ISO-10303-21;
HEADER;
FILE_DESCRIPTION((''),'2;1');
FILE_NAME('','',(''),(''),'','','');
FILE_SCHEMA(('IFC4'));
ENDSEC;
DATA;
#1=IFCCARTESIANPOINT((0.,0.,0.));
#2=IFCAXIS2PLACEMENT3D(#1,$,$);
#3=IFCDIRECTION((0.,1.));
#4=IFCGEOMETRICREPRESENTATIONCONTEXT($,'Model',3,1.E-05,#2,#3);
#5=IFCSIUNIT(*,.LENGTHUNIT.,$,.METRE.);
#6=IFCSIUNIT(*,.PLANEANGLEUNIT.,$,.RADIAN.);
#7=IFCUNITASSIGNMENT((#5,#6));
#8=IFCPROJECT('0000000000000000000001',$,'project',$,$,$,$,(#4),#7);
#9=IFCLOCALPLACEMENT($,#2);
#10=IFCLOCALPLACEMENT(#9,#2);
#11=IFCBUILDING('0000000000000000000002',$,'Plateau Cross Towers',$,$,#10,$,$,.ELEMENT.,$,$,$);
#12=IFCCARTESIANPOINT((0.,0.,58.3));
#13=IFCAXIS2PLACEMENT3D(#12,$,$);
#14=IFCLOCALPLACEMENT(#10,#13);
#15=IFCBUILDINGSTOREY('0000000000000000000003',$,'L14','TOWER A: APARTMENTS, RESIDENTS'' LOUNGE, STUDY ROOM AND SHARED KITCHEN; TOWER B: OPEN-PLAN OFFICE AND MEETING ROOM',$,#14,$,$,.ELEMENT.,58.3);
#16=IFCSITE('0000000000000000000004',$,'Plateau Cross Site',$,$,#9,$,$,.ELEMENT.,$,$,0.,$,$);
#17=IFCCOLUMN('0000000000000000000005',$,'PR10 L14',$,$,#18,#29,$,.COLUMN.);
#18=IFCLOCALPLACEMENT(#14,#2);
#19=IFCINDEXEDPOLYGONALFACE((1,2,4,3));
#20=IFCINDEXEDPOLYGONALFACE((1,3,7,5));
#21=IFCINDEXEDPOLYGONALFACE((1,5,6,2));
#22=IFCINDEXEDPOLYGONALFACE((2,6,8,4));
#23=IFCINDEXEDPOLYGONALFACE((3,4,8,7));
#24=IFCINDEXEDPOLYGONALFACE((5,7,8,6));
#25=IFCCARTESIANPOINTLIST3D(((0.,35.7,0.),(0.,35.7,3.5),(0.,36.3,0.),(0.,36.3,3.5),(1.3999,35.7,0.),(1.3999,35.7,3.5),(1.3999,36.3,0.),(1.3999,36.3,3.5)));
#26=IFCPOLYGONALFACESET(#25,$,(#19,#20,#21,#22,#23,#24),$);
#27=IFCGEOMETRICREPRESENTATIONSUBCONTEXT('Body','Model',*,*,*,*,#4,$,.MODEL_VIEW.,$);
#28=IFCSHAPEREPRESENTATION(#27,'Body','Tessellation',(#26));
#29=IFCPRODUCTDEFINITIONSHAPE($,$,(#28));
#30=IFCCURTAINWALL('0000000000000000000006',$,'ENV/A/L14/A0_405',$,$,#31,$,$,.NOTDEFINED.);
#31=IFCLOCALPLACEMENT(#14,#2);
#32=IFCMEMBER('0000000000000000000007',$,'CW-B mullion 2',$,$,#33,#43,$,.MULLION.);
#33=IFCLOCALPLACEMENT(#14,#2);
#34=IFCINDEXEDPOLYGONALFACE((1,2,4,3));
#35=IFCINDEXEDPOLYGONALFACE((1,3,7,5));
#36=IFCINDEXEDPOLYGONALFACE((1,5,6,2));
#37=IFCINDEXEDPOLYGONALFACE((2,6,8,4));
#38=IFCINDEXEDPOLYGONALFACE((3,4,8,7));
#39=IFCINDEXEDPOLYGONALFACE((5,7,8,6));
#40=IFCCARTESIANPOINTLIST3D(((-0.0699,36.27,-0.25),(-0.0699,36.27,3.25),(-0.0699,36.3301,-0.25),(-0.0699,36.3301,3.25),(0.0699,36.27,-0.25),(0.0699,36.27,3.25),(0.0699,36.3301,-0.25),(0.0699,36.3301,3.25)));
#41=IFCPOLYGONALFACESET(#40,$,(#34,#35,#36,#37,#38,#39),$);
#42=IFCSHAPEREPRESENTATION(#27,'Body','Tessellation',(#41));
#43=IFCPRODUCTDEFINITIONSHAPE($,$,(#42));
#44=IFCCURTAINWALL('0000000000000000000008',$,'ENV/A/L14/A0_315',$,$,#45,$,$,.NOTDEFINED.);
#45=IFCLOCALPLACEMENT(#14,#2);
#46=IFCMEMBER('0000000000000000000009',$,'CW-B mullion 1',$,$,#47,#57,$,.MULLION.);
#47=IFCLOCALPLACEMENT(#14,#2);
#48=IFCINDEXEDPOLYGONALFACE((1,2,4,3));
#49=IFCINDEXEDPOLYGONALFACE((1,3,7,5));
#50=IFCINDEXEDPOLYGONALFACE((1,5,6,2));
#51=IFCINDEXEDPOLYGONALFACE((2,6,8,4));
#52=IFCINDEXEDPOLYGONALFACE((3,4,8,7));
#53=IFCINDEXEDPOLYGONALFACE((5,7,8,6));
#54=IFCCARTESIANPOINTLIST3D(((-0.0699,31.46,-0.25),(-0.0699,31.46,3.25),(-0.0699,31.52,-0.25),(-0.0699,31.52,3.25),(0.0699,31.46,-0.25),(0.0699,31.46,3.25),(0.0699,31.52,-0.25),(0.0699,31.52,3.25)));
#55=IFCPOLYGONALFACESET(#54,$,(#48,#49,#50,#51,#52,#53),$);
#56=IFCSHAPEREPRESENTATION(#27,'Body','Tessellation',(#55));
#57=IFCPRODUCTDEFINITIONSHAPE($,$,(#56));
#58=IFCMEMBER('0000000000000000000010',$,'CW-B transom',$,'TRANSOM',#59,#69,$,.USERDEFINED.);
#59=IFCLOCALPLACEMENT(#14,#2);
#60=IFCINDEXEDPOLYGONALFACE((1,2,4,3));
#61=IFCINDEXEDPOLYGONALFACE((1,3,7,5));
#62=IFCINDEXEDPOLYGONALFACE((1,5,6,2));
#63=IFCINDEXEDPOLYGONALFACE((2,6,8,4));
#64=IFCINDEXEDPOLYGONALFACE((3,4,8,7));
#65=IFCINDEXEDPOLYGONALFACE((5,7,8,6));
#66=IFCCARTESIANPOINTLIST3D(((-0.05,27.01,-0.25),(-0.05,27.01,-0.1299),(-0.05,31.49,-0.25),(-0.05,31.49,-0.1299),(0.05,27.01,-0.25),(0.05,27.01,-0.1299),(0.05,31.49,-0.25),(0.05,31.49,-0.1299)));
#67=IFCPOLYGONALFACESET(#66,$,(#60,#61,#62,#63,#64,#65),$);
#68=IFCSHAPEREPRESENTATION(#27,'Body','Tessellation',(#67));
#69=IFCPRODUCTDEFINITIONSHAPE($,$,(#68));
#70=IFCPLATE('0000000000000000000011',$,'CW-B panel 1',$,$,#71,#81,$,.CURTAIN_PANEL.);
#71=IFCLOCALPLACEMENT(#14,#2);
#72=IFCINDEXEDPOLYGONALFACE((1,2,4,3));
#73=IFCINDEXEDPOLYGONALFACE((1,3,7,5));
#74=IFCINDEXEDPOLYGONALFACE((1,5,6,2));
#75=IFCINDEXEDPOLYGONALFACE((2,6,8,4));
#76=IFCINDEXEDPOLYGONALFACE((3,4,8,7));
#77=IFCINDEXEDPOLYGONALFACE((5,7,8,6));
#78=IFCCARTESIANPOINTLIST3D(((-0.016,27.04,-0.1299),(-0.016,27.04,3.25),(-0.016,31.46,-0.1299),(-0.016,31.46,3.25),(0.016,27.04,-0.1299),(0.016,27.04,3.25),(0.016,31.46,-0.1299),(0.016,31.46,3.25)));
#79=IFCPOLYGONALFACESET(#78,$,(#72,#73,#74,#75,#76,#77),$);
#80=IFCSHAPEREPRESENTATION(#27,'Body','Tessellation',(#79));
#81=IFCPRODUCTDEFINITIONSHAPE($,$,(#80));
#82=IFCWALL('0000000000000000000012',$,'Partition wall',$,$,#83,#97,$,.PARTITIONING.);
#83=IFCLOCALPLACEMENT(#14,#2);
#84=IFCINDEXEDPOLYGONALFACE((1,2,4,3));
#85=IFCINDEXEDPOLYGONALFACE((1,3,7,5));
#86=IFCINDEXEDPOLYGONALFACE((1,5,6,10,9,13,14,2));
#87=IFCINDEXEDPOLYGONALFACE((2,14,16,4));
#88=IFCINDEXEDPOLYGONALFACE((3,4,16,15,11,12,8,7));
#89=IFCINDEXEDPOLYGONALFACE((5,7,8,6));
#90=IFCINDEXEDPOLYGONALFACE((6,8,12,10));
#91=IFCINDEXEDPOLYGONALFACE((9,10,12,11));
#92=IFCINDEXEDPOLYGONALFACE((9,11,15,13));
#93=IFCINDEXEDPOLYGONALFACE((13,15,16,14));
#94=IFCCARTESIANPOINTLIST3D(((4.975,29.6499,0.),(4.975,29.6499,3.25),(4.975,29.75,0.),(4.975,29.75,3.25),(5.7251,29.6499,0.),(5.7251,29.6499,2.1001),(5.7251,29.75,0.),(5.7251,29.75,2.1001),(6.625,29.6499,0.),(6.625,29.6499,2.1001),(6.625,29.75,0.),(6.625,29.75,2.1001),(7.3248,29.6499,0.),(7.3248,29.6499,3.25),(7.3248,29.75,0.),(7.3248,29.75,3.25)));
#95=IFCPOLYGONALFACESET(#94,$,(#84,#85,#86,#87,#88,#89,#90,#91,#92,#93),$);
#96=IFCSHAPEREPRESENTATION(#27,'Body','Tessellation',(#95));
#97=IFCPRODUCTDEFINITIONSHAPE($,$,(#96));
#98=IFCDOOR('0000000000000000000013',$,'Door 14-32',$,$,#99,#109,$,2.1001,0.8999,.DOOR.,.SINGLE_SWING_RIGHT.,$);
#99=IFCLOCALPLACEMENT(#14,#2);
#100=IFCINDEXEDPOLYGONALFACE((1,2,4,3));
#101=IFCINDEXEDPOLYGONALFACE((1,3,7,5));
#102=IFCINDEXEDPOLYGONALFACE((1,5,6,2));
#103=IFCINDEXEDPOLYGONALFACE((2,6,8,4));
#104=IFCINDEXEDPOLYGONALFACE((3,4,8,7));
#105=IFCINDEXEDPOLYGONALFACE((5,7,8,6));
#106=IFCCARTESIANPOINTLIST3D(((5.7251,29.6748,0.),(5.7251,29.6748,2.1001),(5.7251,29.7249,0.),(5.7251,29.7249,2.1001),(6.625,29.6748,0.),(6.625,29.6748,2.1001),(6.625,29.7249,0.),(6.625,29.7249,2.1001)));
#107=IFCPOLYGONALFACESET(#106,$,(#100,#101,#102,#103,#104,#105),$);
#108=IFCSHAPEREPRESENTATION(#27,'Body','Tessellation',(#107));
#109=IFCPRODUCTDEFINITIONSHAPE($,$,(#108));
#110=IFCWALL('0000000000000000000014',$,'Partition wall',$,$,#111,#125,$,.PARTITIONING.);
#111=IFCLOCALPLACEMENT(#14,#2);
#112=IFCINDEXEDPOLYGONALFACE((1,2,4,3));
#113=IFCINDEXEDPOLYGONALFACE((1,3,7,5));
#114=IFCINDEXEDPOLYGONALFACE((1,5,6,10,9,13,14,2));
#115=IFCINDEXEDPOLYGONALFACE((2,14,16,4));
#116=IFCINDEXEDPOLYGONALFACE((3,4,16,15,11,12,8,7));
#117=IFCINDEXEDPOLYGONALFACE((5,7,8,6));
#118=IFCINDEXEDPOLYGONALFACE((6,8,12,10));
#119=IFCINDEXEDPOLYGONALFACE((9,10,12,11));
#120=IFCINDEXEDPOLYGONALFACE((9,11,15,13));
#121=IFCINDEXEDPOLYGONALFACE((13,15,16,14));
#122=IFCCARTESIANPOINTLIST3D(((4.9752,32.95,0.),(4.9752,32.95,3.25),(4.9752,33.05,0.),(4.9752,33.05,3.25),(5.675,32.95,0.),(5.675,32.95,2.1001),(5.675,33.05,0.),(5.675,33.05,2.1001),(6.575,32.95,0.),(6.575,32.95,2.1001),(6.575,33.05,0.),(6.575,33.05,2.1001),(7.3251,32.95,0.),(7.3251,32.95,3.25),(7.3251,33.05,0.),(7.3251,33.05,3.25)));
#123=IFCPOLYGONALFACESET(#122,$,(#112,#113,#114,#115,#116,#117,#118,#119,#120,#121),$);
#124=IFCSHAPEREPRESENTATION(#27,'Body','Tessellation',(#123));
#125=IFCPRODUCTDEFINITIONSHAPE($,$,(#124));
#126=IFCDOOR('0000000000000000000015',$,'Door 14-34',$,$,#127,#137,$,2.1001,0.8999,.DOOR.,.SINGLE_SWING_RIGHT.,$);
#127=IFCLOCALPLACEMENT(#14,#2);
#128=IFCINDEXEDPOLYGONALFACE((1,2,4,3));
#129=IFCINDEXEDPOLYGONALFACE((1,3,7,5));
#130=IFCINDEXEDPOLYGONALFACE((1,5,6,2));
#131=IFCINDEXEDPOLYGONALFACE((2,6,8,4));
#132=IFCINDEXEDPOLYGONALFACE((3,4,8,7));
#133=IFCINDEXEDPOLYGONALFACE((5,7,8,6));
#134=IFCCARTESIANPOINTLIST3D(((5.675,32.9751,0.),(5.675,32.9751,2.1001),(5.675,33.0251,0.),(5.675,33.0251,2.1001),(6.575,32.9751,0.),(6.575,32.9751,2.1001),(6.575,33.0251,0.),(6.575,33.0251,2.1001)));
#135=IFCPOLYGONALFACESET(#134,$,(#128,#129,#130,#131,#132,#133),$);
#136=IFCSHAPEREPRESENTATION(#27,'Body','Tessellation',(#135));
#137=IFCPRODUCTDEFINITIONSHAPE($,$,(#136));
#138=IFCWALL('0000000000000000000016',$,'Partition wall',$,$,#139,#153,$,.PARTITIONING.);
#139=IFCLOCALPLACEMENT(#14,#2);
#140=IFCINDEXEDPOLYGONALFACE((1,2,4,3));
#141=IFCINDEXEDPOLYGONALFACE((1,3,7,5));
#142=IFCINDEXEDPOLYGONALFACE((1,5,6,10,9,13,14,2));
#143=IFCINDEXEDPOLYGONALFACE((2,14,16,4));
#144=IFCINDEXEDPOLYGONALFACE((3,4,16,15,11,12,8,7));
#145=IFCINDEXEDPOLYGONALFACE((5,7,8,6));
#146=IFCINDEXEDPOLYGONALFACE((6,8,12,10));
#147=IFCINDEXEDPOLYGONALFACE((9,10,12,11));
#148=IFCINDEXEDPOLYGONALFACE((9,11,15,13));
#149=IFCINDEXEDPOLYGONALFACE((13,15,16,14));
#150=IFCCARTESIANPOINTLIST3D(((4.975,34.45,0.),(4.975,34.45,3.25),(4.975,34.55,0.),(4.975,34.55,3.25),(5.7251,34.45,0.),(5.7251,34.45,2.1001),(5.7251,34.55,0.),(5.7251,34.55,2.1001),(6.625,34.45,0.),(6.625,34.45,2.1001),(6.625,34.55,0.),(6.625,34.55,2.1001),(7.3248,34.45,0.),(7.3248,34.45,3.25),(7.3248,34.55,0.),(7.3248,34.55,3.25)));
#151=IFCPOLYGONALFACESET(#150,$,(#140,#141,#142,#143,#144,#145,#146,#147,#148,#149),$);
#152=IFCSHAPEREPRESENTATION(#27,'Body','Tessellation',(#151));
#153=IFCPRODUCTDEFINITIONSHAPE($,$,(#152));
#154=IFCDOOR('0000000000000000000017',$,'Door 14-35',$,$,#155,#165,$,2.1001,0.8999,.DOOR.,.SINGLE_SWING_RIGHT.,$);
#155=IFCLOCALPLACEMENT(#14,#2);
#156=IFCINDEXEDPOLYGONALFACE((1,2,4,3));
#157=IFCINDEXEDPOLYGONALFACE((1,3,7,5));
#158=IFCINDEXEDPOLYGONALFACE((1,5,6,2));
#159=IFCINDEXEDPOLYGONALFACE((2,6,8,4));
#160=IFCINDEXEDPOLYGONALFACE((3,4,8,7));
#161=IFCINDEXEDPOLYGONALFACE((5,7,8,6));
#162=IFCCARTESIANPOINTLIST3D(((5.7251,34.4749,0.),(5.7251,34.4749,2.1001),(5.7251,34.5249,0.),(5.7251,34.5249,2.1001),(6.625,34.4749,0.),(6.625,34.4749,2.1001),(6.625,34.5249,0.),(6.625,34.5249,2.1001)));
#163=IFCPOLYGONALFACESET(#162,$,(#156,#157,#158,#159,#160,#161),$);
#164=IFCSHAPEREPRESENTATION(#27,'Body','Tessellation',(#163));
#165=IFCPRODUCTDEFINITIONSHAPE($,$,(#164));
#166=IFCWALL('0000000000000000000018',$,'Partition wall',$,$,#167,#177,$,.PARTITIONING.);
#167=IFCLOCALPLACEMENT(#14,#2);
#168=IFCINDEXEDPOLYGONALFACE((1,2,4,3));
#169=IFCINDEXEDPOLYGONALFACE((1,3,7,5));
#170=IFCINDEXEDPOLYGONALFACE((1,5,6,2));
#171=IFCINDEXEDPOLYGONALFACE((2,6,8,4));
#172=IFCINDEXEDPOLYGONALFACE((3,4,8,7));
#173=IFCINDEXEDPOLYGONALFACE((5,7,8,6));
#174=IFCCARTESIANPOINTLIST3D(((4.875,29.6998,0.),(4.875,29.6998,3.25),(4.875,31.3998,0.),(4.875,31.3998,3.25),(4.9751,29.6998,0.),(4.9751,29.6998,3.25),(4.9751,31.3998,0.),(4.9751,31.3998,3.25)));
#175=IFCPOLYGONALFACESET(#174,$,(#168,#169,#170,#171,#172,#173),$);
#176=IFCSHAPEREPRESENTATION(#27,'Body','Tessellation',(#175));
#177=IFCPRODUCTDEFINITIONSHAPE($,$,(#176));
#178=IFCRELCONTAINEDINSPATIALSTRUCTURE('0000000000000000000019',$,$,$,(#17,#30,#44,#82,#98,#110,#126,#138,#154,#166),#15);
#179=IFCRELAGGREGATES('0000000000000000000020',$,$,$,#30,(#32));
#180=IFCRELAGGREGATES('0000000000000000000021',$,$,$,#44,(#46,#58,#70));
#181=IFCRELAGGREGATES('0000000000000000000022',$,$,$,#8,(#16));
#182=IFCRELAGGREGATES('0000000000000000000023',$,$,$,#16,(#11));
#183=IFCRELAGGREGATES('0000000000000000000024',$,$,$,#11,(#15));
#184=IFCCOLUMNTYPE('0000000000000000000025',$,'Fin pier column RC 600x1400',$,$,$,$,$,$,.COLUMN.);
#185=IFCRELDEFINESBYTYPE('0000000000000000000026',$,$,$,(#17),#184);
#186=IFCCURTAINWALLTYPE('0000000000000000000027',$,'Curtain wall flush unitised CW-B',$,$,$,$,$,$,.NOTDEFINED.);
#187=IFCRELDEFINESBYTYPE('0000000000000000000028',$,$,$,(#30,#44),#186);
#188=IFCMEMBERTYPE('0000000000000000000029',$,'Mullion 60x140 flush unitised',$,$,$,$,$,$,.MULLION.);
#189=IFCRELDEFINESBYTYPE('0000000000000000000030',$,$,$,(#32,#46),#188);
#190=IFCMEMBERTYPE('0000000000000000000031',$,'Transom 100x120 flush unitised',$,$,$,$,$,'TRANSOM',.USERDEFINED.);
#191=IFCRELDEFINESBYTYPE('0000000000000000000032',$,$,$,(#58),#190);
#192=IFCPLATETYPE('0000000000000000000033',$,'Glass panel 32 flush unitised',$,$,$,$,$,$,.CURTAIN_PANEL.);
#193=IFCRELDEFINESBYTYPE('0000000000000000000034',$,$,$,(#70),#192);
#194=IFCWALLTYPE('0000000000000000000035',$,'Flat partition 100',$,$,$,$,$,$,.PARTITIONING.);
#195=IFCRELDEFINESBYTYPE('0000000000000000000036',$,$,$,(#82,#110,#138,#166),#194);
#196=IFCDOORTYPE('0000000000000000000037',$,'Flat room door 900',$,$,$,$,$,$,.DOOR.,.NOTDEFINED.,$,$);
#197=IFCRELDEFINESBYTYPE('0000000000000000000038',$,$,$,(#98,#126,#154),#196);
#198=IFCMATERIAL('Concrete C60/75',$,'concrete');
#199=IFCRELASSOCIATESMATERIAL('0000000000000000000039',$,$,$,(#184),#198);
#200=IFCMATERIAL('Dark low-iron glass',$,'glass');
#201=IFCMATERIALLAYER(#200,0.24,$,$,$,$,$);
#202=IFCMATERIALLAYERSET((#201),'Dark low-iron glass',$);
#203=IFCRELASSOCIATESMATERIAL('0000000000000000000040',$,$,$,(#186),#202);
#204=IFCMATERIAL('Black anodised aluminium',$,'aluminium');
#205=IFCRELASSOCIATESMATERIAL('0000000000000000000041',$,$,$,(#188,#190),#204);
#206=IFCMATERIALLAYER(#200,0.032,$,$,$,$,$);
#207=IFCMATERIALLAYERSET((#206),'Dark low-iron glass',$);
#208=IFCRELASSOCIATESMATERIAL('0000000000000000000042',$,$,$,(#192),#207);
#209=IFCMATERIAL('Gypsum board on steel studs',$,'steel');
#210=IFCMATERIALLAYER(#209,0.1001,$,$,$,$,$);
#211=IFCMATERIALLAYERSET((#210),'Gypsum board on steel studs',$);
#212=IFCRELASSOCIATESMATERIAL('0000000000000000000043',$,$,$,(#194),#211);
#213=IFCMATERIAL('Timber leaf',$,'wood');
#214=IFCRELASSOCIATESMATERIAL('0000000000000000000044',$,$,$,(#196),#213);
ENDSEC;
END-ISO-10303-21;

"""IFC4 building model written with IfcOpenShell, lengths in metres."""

from ifc_helpers import new_model, si_unit, direction, frame, frame_2d, origin, origin_2d, place, context, subcontext, project, spatial, rectangle, extrude, material, layer, layer_set, material_profile, profile_set, type_object, element, fill, aggregate, save


model = new_model("IFC4")

# Units and contexts
model_context = context("Model", 3, precision=1e-05, world=origin(), true_north=direction((0.0, 1.0)))
body_context = subcontext(model_context, "Body", "Model", "MODEL_VIEW")
ifc_project = project(units=[si_unit("LENGTHUNIT", "METRE"), si_unit("PLANEANGLEUNIT", "RADIAN")], contexts=[model_context])

# Site, building, storey
site_placement = place(None, origin())
site = spatial("IfcSite", under=ifc_project, at=site_placement, Name="Plateau Cross Site", CompositionType="ELEMENT", RefElevation=0.0)
building_placement = place(site_placement, origin())
building = spatial("IfcBuilding", under=site, at=building_placement, Name="Plateau Cross Towers", CompositionType="ELEMENT")
storey_placement = place(building_placement, frame((0.0, 0.0, 58.3)))
storey = spatial("IfcBuildingStorey", under=building, at=storey_placement, Name="L14", Description="TOWER A: APARTMENTS, RESIDENTS' LOUNGE, STUDY ROOM AND SHARED KITCHEN; TOWER B: OPEN-PLAN OFFICE AND MEETING ROOM", CompositionType="ELEMENT", Elevation=58.3)

# Column
ifc_material_1 = material(Name="Concrete C60/75", Category="concrete")
ifc_material_profile_1 = material_profile(ifc_material_1, rectangle(XDim=0.6001, YDim=1.3999, at=origin_2d()), Name="RC 600x1400")
ifc_profile_set_1 = profile_set([ifc_material_profile_1], Name="Concrete C60/75")
column_type = type_object("IfcColumnType", Name="Fin pier column RC 600x1400", PredefinedType="COLUMN", material=ifc_profile_set_1)
column_placement = place(storey_placement, frame((0.7, 36.0, 0.0), z_axis=(0.0, 0.0, 1.0), x_axis=(0.0, 1.0, 0.0)))
element("IfcColumn", 1, at=column_placement, inside=storey, type_object=column_type, Name="PR10 L14", PredefinedType="COLUMN", context=body_context, shape_type="SweptSolid", body=[
    extrude(rectangle(XDim=0.6001, YDim=1.3999, at=origin_2d()), origin(), (0.0, 0.0, 1.0), 3.5),
])

# Curtain wall, member
ifc_material_2 = material(Name="Dark low-iron glass", Category="glass")
ifc_layer_1 = layer(ifc_material_2, 0.24)
ifc_layer_set_1 = layer_set([ifc_layer_1], Name="Dark low-iron glass")
curtain_wall_type = type_object("IfcCurtainWallType", Name="Curtain wall flush unitised CW-B", PredefinedType="NOTDEFINED", material=ifc_layer_set_1)
curtain_wall_1_placement = place(storey_placement, origin())
curtain_wall_1 = element("IfcCurtainWall", 2, at=curtain_wall_1_placement, inside=storey, type_object=curtain_wall_type, Name="ENV/A/L14/A0_405", PredefinedType="NOTDEFINED")
ifc_material_3 = material(Name="Black anodised aluminium", Category="aluminium")
ifc_material_profile_2 = material_profile(ifc_material_3, rectangle(XDim=0.0601, YDim=0.1399, at=origin_2d()), Name="MULLION 60x140")
ifc_profile_set_2 = profile_set([ifc_material_profile_2], Name="Black anodised aluminium")
member_type_1 = type_object("IfcMemberType", Name="Mullion 60x140 flush unitised", PredefinedType="MULLION", material=ifc_profile_set_2)
member_1_placement = place(storey_placement, frame((0.0, 36.3, -0.25), z_axis=(0.0, 0.0, 1.0), x_axis=(0.0, -1.0, 0.0)))
member_1 = element("IfcMember", 3, at=member_1_placement, type_object=member_type_1, Name="CW-B mullion 2", PredefinedType="MULLION", context=body_context, shape_type="SweptSolid", body=[
    extrude(rectangle(XDim=0.0601, YDim=0.1399, at=origin_2d()), origin(), (0.0, 0.0, 1.0), 3.5),
])
aggregate(curtain_wall_1, [member_1])

# Curtain wall, members, plate
curtain_wall_2_placement = place(storey_placement, origin())
curtain_wall_2 = element("IfcCurtainWall", 4, at=curtain_wall_2_placement, inside=storey, type_object=curtain_wall_type, Name="ENV/A/L14/A0_315", PredefinedType="NOTDEFINED")
member_2_placement = place(storey_placement, frame((0.0, 31.49, -0.25), z_axis=(0.0, 0.0, 1.0), x_axis=(0.0, -1.0, 0.0)))
member_2 = element("IfcMember", 5, at=member_2_placement, type_object=member_type_1, Name="CW-B mullion 1", PredefinedType="MULLION", context=body_context, shape_type="SweptSolid", body=[
    extrude(rectangle(XDim=0.0601, YDim=0.1399, at=origin_2d()), origin(), (0.0, 0.0, 1.0), 3.5),
])
ifc_material_profile_3 = material_profile(ifc_material_3, rectangle(XDim=0.1001, YDim=0.1201, at=origin_2d()), Name="TRANSOM 100x120")
ifc_profile_set_3 = profile_set([ifc_material_profile_3], Name="Black anodised aluminium")
member_type_2 = type_object("IfcMemberType", Name="Transom 100x120 flush unitised", ElementType="TRANSOM", PredefinedType="USERDEFINED", material=ifc_profile_set_3)
member_3_placement = place(storey_placement, frame((0.0, 31.49, -0.1899), z_axis=(0.0, -1.0, 0.0), x_axis=(1.0, 0.0, 0.0)))
member_3 = element("IfcMember", 6, at=member_3_placement, type_object=member_type_2, Name="CW-B transom", ObjectType="TRANSOM", PredefinedType="USERDEFINED", context=body_context, shape_type="SweptSolid", body=[
    extrude(rectangle(XDim=0.1001, YDim=0.1201, at=origin_2d()), origin(), (0.0, 0.0, 1.0), 4.48),
])
ifc_layer_2 = layer(ifc_material_2, 0.032)
ifc_layer_set_2 = layer_set([ifc_layer_2], Name="Dark low-iron glass")
plate_type = type_object("IfcPlateType", Name="Glass panel 32 flush unitised", PredefinedType="CURTAIN_PANEL", material=ifc_layer_set_2)
plate_placement = place(storey_placement, frame((0.0, 29.25, -0.1299), z_axis=(0.0, 0.0, 1.0), x_axis=(0.0, -1.0, 0.0)))
plate = element("IfcPlate", 7, at=plate_placement, type_object=plate_type, Name="CW-B panel 1", PredefinedType="CURTAIN_PANEL", context=body_context, shape_type="SweptSolid", body=[
    extrude(rectangle(XDim=4.4199, YDim=0.032, at=origin_2d()), origin(), (0.0, 0.0, 1.0), 3.3799),
])
aggregate(curtain_wall_2, [member_2, member_3, plate])

# Walls, openings, doors
ifc_material_4 = material(Name="Gypsum board on steel studs", Category="steel")
ifc_layer_3 = layer(ifc_material_4, 0.1001)
ifc_layer_set_3 = layer_set([ifc_layer_3], Name="Gypsum board on steel studs")
wall_type_1 = type_object("IfcWallType", Name="Flat partition 100", PredefinedType="PARTITIONING", material=ifc_layer_set_3)
wall_1_placement = place(storey_placement, frame((4.9751, 29.7, 0.0), z_axis=(0.0, 0.0, 1.0), x_axis=(1.0, 0.0, 0.0)))
wall_1 = element("IfcWall", 8, at=wall_1_placement, inside=storey, type_object=wall_type_1, Name="Partition wall", PredefinedType="PARTITIONING", context=body_context, shape_type="SweptSolid", body=[
    extrude(rectangle(XDim=2.3499, YDim=0.1001, at=frame_2d((1.1748, 0.0))), origin(), (0.0, 0.0, 1.0), 3.25),
])
opening_1_placement = place(wall_1_placement, frame((0.75, 0.0, 0.0)))
opening_1 = element("IfcOpeningElement", 9, at=opening_1_placement, cuts=wall_1, PredefinedType="OPENING", context=body_context, shape_type="SweptSolid", body=[
    extrude(rectangle(XDim=0.8999, YDim=2.1001, at=frame_2d((0.45, 1.05))), frame((0.0, 0.0601, 0.0), z_axis=(0.0, -1.0, 0.0), x_axis=(1.0, 0.0, 0.0)), (0.0, 0.0, 1.0), 0.1201),
])
ifc_material_5 = material(Name="Timber leaf", Category="wood")
door_type_1 = type_object("IfcDoorType", Name="Flat room door 900", OperationType="NOTDEFINED", PredefinedType="DOOR", material=ifc_material_5)
door_1_placement = place(opening_1_placement, origin())
door_1 = element("IfcDoor", 10, at=door_1_placement, inside=storey, type_object=door_type_1, Name="Door 14-32", OperationType="SINGLE_SWING_RIGHT", OverallHeight=2.1001, OverallWidth=0.8999, PredefinedType="DOOR", context=body_context, shape_type="SweptSolid", body=[
    extrude(rectangle(XDim=0.8999, YDim=2.1001, at=frame_2d((0.45, 1.05))), frame((0.0, 0.0249, 0.0), z_axis=(0.0, -1.0, 0.0), x_axis=(1.0, 0.0, 0.0)), (0.0, 0.0, 1.0), 0.05),
])
fill(opening_1, door_1)
wall_2_placement = place(storey_placement, frame((7.325, 33.0, 0.0), z_axis=(0.0, 0.0, 1.0), x_axis=(-1.0, 0.0, 0.0)))
wall_2 = element("IfcWall", 11, at=wall_2_placement, inside=storey, type_object=wall_type_1, Name="Partition wall", PredefinedType="PARTITIONING", context=body_context, shape_type="SweptSolid", body=[
    extrude(rectangle(XDim=2.3499, YDim=0.1001, at=frame_2d((1.1748, 0.0))), origin(), (0.0, 0.0, 1.0), 3.25),
])
opening_2_placement = place(wall_2_placement, frame((0.75, 0.0, 0.0)))
opening_2 = element("IfcOpeningElement", 12, at=opening_2_placement, cuts=wall_2, PredefinedType="OPENING", context=body_context, shape_type="SweptSolid", body=[
    extrude(rectangle(XDim=0.8999, YDim=2.1001, at=frame_2d((0.45, 1.05))), frame((0.0, 0.0601, 0.0), z_axis=(0.0, -1.0, 0.0), x_axis=(1.0, 0.0, 0.0)), (0.0, 0.0, 1.0), 0.1201),
])
door_2_placement = place(opening_2_placement, origin())
door_2 = element("IfcDoor", 13, at=door_2_placement, inside=storey, type_object=door_type_1, Name="Door 14-34", OperationType="SINGLE_SWING_RIGHT", OverallHeight=2.1001, OverallWidth=0.8999, PredefinedType="DOOR", context=body_context, shape_type="SweptSolid", body=[
    extrude(rectangle(XDim=0.8999, YDim=2.1001, at=frame_2d((0.45, 1.05))), frame((0.0, 0.0249, 0.0), z_axis=(0.0, -1.0, 0.0), x_axis=(1.0, 0.0, 0.0)), (0.0, 0.0, 1.0), 0.05),
])
fill(opening_2, door_2)
wall_3_placement = place(storey_placement, frame((4.9751, 34.5, 0.0), z_axis=(0.0, 0.0, 1.0), x_axis=(1.0, 0.0, 0.0)))
wall_3 = element("IfcWall", 14, at=wall_3_placement, inside=storey, type_object=wall_type_1, Name="Partition wall", PredefinedType="PARTITIONING", context=body_context, shape_type="SweptSolid", body=[
    extrude(rectangle(XDim=2.3499, YDim=0.1001, at=frame_2d((1.1748, 0.0))), origin(), (0.0, 0.0, 1.0), 3.25),
])
opening_3_placement = place(wall_3_placement, frame((0.75, 0.0, 0.0)))
opening_3 = element("IfcOpeningElement", 15, at=opening_3_placement, cuts=wall_3, PredefinedType="OPENING", context=body_context, shape_type="SweptSolid", body=[
    extrude(rectangle(XDim=0.8999, YDim=2.1001, at=frame_2d((0.45, 1.05))), frame((0.0, 0.0601, 0.0), z_axis=(0.0, -1.0, 0.0), x_axis=(1.0, 0.0, 0.0)), (0.0, 0.0, 1.0), 0.1201),
])
door_3_placement = place(opening_3_placement, origin())
door_3 = element("IfcDoor", 16, at=door_3_placement, inside=storey, type_object=door_type_1, Name="Door 14-35", OperationType="SINGLE_SWING_RIGHT", OverallHeight=2.1001, OverallWidth=0.8999, PredefinedType="DOOR", context=body_context, shape_type="SweptSolid", body=[
    extrude(rectangle(XDim=0.8999, YDim=2.1001, at=frame_2d((0.45, 1.05))), frame((0.0, 0.0249, 0.0), z_axis=(0.0, -1.0, 0.0), x_axis=(1.0, 0.0, 0.0)), (0.0, 0.0, 1.0), 0.05),
])
fill(opening_3, door_3)

# Wall
wall_4_placement = place(storey_placement, frame((4.925, 31.3999, 0.0), z_axis=(0.0, 0.0, 1.0), x_axis=(0.0, -1.0, 0.0)))
element("IfcWall", 17, at=wall_4_placement, inside=storey, type_object=wall_type_1, Name="Partition wall", PredefinedType="PARTITIONING", context=body_context, shape_type="SweptSolid", body=[
    extrude(rectangle(XDim=1.7, YDim=0.1001, at=frame_2d((0.8501, 0.0))), origin(), (0.0, 0.0, 1.0), 3.25),
])

save(model, "model.ifc")
